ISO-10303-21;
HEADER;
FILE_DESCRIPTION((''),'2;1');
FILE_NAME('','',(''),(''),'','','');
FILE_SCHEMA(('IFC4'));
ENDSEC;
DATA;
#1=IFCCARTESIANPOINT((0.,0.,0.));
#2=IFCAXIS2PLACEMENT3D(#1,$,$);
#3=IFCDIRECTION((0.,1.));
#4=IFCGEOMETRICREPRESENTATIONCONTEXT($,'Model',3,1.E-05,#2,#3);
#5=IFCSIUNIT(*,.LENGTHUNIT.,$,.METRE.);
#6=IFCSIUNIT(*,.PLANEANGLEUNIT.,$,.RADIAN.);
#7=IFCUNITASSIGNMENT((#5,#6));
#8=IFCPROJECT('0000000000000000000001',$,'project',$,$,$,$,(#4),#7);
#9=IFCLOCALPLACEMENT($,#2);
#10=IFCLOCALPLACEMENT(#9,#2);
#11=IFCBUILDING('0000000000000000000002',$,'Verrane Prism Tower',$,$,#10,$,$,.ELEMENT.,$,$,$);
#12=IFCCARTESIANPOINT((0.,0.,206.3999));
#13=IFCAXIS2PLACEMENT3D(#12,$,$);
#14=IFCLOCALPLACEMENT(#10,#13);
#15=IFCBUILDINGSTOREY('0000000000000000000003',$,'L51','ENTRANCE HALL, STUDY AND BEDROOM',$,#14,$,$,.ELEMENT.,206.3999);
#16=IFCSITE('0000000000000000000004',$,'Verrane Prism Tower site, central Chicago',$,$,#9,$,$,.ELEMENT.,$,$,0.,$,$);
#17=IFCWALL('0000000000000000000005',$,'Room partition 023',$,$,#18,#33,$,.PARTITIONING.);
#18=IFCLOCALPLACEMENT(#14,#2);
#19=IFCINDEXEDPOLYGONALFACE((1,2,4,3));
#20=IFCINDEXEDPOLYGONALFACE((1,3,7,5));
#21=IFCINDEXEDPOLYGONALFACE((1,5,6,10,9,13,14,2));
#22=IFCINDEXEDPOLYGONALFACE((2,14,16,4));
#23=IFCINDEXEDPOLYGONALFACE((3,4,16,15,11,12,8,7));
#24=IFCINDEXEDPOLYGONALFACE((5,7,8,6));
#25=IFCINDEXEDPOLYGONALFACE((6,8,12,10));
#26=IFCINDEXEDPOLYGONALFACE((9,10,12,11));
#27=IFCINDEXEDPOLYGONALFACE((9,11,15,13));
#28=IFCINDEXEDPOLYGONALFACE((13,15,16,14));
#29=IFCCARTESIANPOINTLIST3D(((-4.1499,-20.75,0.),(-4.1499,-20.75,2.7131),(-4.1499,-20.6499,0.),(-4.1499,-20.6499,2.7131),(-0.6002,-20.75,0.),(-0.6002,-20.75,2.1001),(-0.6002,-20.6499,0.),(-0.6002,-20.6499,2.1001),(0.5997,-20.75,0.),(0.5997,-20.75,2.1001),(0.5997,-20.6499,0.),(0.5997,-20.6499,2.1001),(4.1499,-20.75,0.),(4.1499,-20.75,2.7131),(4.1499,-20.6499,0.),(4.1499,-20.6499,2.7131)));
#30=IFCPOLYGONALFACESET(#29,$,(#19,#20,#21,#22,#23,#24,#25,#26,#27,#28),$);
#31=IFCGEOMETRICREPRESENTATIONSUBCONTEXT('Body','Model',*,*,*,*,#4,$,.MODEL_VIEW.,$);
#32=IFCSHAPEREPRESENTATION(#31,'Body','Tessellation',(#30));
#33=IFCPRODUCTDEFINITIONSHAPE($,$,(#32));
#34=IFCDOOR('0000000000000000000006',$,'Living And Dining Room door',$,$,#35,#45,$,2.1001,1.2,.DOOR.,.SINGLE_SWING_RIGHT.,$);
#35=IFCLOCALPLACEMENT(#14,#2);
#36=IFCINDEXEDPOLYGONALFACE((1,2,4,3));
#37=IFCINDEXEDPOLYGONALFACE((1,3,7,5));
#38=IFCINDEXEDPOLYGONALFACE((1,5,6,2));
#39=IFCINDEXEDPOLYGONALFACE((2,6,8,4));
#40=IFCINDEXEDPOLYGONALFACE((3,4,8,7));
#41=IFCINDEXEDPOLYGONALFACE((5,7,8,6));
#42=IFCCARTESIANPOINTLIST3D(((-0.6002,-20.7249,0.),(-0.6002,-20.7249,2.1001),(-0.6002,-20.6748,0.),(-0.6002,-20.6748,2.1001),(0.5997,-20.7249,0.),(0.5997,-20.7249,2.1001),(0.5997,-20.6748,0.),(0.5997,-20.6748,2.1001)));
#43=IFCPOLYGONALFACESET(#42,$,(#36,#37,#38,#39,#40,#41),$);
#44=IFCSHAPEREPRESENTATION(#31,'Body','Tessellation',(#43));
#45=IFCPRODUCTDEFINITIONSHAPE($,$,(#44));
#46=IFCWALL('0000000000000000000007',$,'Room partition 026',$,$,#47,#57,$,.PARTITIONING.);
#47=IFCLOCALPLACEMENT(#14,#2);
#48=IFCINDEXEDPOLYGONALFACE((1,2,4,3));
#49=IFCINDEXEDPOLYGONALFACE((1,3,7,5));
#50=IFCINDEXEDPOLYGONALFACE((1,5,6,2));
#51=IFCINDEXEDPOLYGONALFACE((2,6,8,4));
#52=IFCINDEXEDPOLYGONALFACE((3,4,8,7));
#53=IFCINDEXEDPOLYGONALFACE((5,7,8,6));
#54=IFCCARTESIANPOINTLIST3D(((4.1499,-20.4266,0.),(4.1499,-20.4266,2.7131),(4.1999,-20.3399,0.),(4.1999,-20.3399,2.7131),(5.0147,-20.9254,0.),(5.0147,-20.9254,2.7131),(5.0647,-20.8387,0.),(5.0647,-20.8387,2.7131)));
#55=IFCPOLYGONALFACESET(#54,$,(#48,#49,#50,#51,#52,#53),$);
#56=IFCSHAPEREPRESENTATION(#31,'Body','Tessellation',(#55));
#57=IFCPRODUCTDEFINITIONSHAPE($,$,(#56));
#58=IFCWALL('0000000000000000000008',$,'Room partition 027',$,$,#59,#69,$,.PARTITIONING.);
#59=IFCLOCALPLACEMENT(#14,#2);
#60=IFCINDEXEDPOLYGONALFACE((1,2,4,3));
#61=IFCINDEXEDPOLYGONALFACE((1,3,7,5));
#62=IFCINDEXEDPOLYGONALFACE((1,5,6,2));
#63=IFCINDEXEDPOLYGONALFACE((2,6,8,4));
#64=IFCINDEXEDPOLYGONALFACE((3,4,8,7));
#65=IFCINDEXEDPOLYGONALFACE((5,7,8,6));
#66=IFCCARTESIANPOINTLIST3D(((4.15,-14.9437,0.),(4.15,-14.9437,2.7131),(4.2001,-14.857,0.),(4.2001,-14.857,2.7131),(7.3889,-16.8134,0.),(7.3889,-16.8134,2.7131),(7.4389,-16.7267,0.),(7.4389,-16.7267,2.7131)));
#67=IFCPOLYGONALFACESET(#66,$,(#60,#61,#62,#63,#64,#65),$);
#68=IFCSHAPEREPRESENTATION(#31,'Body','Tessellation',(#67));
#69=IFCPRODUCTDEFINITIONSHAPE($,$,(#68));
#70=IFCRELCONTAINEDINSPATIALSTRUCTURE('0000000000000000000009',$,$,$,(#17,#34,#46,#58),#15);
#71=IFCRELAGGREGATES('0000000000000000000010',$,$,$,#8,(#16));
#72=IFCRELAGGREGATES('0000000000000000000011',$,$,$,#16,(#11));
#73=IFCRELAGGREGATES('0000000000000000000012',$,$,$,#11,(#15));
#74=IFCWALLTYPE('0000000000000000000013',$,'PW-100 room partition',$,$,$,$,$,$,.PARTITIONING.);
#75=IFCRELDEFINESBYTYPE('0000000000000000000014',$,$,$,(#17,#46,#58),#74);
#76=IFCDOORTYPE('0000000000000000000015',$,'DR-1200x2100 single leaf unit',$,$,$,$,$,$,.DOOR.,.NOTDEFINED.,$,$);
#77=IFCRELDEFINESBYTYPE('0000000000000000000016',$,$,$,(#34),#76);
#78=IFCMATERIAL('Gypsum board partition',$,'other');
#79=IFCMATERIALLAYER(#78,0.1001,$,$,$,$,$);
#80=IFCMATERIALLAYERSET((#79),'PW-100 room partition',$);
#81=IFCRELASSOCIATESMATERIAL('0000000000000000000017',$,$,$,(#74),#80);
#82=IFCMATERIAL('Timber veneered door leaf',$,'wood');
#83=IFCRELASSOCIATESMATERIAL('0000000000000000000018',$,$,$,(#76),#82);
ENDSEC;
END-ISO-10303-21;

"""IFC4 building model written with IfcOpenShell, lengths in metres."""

from ifc_helpers import new_model, si_unit, direction, frame, frame_2d, origin, place, context, subcontext, project, spatial, rectangle, extrude, material, layer, layer_set, type_object, element, fill, save


model = new_model("IFC4")

# Units and contexts
model_context = context("Model", 3, precision=1e-05, world=origin(), true_north=direction((0.0, 1.0)))
body_context = subcontext(model_context, "Body", "Model", "MODEL_VIEW")
ifc_project = project(units=[si_unit("LENGTHUNIT", "METRE"), si_unit("PLANEANGLEUNIT", "RADIAN")], contexts=[model_context])

# Site, building, storey
site_placement = place(None, origin())
site = spatial("IfcSite", under=ifc_project, at=site_placement, Name="Verrane Prism Tower site, central Chicago", CompositionType="ELEMENT", RefElevation=0.0)
building_placement = place(site_placement, origin())
building = spatial("IfcBuilding", under=site, at=building_placement, Name="Verrane Prism Tower", CompositionType="ELEMENT")
storey_placement = place(building_placement, frame((0.0, 0.0, 206.3999)))
storey = spatial("IfcBuildingStorey", under=building, at=storey_placement, Name="L51", Description="ENTRANCE HALL, STUDY AND BEDROOM", CompositionType="ELEMENT", Elevation=206.3999)

# Wall, opening, door
ifc_material_1 = material(Name="Gypsum board partition", Category="other")
ifc_layer_1 = layer(ifc_material_1, 0.1001)
ifc_layer_set_1 = layer_set([ifc_layer_1], Name="PW-100 room partition")
wall_type = type_object("IfcWallType", Name="PW-100 room partition", PredefinedType="PARTITIONING", material=ifc_layer_set_1)
wall_1_placement = place(storey_placement, frame((4.1499, -20.7, 0.0), z_axis=(0.0, 0.0, 1.0), x_axis=(-1.0, 0.0, 0.0)))
wall_1 = element("IfcWall", 1, at=wall_1_placement, inside=storey, type_object=wall_type, Name="Room partition 023", PredefinedType="PARTITIONING", context=body_context, shape_type="SweptSolid", body=[
    extrude(rectangle(XDim=8.2998, YDim=0.1001, at=frame_2d((4.1499, 0.0))), origin(), (0.0, 0.0, 1.0), 2.7131),
])
opening_placement = place(wall_1_placement, frame((3.55, 0.0, 0.0)))
opening = element("IfcOpeningElement", 2, at=opening_placement, cuts=wall_1, PredefinedType="OPENING", context=body_context, shape_type="SweptSolid", body=[
    extrude(rectangle(XDim=1.2, YDim=2.1001, at=frame_2d((0.6001, 1.05))), frame((0.0, 0.0601, 0.0), z_axis=(0.0, -1.0, 0.0), x_axis=(1.0, 0.0, 0.0)), (0.0, 0.0, 1.0), 0.1201),
])
ifc_material_2 = material(Name="Timber veneered door leaf", Category="wood")
door_type = type_object("IfcDoorType", Name="DR-1200x2100 single leaf unit", OperationType="NOTDEFINED", PredefinedType="DOOR", material=ifc_material_2)
door_placement = place(opening_placement, origin())
door = element("IfcDoor", 3, at=door_placement, inside=storey, type_object=door_type, Name="Living And Dining Room door", OperationType="SINGLE_SWING_RIGHT", OverallHeight=2.1001, OverallWidth=1.2, PredefinedType="DOOR", context=body_context, shape_type="SweptSolid", body=[
    extrude(rectangle(XDim=1.2, YDim=2.1001, at=frame_2d((0.6001, 1.05))), frame((0.0, 0.0249, 0.0), z_axis=(0.0, -1.0, 0.0), x_axis=(1.0, 0.0, 0.0)), (0.0, 0.0, 1.0), 0.05),
])
fill(opening, door)

# Walls
wall_2_placement = place(storey_placement, frame((4.175, -20.3833, 0.0), z_axis=(0.0, 0.0, 1.0), x_axis=(0.866234, -0.499638, 0.0)))
element("IfcWall", 4, at=wall_2_placement, inside=storey, type_object=wall_type, Name="Room partition 026", PredefinedType="PARTITIONING", context=body_context, shape_type="SweptSolid", body=[
    extrude(rectangle(XDim=0.9983, YDim=0.1001, at=frame_2d((0.499, 0.0))), origin(), (0.0, 0.0, 1.0), 2.7131),
])
wall_3_placement = place(storey_placement, frame((4.175, -14.9004, 0.0), z_axis=(0.0, 0.0, 1.0), x_axis=(0.866057, -0.499945, 0.0)))
element("IfcWall", 5, at=wall_3_placement, inside=storey, type_object=wall_type, Name="Room partition 027", PredefinedType="PARTITIONING", context=body_context, shape_type="SweptSolid", body=[
    extrude(rectangle(XDim=3.7397, YDim=0.1001, at=frame_2d((1.8699, 0.0))), origin(), (0.0, 0.0, 1.0), 2.7131),
])

save(model, "model.ifc")
